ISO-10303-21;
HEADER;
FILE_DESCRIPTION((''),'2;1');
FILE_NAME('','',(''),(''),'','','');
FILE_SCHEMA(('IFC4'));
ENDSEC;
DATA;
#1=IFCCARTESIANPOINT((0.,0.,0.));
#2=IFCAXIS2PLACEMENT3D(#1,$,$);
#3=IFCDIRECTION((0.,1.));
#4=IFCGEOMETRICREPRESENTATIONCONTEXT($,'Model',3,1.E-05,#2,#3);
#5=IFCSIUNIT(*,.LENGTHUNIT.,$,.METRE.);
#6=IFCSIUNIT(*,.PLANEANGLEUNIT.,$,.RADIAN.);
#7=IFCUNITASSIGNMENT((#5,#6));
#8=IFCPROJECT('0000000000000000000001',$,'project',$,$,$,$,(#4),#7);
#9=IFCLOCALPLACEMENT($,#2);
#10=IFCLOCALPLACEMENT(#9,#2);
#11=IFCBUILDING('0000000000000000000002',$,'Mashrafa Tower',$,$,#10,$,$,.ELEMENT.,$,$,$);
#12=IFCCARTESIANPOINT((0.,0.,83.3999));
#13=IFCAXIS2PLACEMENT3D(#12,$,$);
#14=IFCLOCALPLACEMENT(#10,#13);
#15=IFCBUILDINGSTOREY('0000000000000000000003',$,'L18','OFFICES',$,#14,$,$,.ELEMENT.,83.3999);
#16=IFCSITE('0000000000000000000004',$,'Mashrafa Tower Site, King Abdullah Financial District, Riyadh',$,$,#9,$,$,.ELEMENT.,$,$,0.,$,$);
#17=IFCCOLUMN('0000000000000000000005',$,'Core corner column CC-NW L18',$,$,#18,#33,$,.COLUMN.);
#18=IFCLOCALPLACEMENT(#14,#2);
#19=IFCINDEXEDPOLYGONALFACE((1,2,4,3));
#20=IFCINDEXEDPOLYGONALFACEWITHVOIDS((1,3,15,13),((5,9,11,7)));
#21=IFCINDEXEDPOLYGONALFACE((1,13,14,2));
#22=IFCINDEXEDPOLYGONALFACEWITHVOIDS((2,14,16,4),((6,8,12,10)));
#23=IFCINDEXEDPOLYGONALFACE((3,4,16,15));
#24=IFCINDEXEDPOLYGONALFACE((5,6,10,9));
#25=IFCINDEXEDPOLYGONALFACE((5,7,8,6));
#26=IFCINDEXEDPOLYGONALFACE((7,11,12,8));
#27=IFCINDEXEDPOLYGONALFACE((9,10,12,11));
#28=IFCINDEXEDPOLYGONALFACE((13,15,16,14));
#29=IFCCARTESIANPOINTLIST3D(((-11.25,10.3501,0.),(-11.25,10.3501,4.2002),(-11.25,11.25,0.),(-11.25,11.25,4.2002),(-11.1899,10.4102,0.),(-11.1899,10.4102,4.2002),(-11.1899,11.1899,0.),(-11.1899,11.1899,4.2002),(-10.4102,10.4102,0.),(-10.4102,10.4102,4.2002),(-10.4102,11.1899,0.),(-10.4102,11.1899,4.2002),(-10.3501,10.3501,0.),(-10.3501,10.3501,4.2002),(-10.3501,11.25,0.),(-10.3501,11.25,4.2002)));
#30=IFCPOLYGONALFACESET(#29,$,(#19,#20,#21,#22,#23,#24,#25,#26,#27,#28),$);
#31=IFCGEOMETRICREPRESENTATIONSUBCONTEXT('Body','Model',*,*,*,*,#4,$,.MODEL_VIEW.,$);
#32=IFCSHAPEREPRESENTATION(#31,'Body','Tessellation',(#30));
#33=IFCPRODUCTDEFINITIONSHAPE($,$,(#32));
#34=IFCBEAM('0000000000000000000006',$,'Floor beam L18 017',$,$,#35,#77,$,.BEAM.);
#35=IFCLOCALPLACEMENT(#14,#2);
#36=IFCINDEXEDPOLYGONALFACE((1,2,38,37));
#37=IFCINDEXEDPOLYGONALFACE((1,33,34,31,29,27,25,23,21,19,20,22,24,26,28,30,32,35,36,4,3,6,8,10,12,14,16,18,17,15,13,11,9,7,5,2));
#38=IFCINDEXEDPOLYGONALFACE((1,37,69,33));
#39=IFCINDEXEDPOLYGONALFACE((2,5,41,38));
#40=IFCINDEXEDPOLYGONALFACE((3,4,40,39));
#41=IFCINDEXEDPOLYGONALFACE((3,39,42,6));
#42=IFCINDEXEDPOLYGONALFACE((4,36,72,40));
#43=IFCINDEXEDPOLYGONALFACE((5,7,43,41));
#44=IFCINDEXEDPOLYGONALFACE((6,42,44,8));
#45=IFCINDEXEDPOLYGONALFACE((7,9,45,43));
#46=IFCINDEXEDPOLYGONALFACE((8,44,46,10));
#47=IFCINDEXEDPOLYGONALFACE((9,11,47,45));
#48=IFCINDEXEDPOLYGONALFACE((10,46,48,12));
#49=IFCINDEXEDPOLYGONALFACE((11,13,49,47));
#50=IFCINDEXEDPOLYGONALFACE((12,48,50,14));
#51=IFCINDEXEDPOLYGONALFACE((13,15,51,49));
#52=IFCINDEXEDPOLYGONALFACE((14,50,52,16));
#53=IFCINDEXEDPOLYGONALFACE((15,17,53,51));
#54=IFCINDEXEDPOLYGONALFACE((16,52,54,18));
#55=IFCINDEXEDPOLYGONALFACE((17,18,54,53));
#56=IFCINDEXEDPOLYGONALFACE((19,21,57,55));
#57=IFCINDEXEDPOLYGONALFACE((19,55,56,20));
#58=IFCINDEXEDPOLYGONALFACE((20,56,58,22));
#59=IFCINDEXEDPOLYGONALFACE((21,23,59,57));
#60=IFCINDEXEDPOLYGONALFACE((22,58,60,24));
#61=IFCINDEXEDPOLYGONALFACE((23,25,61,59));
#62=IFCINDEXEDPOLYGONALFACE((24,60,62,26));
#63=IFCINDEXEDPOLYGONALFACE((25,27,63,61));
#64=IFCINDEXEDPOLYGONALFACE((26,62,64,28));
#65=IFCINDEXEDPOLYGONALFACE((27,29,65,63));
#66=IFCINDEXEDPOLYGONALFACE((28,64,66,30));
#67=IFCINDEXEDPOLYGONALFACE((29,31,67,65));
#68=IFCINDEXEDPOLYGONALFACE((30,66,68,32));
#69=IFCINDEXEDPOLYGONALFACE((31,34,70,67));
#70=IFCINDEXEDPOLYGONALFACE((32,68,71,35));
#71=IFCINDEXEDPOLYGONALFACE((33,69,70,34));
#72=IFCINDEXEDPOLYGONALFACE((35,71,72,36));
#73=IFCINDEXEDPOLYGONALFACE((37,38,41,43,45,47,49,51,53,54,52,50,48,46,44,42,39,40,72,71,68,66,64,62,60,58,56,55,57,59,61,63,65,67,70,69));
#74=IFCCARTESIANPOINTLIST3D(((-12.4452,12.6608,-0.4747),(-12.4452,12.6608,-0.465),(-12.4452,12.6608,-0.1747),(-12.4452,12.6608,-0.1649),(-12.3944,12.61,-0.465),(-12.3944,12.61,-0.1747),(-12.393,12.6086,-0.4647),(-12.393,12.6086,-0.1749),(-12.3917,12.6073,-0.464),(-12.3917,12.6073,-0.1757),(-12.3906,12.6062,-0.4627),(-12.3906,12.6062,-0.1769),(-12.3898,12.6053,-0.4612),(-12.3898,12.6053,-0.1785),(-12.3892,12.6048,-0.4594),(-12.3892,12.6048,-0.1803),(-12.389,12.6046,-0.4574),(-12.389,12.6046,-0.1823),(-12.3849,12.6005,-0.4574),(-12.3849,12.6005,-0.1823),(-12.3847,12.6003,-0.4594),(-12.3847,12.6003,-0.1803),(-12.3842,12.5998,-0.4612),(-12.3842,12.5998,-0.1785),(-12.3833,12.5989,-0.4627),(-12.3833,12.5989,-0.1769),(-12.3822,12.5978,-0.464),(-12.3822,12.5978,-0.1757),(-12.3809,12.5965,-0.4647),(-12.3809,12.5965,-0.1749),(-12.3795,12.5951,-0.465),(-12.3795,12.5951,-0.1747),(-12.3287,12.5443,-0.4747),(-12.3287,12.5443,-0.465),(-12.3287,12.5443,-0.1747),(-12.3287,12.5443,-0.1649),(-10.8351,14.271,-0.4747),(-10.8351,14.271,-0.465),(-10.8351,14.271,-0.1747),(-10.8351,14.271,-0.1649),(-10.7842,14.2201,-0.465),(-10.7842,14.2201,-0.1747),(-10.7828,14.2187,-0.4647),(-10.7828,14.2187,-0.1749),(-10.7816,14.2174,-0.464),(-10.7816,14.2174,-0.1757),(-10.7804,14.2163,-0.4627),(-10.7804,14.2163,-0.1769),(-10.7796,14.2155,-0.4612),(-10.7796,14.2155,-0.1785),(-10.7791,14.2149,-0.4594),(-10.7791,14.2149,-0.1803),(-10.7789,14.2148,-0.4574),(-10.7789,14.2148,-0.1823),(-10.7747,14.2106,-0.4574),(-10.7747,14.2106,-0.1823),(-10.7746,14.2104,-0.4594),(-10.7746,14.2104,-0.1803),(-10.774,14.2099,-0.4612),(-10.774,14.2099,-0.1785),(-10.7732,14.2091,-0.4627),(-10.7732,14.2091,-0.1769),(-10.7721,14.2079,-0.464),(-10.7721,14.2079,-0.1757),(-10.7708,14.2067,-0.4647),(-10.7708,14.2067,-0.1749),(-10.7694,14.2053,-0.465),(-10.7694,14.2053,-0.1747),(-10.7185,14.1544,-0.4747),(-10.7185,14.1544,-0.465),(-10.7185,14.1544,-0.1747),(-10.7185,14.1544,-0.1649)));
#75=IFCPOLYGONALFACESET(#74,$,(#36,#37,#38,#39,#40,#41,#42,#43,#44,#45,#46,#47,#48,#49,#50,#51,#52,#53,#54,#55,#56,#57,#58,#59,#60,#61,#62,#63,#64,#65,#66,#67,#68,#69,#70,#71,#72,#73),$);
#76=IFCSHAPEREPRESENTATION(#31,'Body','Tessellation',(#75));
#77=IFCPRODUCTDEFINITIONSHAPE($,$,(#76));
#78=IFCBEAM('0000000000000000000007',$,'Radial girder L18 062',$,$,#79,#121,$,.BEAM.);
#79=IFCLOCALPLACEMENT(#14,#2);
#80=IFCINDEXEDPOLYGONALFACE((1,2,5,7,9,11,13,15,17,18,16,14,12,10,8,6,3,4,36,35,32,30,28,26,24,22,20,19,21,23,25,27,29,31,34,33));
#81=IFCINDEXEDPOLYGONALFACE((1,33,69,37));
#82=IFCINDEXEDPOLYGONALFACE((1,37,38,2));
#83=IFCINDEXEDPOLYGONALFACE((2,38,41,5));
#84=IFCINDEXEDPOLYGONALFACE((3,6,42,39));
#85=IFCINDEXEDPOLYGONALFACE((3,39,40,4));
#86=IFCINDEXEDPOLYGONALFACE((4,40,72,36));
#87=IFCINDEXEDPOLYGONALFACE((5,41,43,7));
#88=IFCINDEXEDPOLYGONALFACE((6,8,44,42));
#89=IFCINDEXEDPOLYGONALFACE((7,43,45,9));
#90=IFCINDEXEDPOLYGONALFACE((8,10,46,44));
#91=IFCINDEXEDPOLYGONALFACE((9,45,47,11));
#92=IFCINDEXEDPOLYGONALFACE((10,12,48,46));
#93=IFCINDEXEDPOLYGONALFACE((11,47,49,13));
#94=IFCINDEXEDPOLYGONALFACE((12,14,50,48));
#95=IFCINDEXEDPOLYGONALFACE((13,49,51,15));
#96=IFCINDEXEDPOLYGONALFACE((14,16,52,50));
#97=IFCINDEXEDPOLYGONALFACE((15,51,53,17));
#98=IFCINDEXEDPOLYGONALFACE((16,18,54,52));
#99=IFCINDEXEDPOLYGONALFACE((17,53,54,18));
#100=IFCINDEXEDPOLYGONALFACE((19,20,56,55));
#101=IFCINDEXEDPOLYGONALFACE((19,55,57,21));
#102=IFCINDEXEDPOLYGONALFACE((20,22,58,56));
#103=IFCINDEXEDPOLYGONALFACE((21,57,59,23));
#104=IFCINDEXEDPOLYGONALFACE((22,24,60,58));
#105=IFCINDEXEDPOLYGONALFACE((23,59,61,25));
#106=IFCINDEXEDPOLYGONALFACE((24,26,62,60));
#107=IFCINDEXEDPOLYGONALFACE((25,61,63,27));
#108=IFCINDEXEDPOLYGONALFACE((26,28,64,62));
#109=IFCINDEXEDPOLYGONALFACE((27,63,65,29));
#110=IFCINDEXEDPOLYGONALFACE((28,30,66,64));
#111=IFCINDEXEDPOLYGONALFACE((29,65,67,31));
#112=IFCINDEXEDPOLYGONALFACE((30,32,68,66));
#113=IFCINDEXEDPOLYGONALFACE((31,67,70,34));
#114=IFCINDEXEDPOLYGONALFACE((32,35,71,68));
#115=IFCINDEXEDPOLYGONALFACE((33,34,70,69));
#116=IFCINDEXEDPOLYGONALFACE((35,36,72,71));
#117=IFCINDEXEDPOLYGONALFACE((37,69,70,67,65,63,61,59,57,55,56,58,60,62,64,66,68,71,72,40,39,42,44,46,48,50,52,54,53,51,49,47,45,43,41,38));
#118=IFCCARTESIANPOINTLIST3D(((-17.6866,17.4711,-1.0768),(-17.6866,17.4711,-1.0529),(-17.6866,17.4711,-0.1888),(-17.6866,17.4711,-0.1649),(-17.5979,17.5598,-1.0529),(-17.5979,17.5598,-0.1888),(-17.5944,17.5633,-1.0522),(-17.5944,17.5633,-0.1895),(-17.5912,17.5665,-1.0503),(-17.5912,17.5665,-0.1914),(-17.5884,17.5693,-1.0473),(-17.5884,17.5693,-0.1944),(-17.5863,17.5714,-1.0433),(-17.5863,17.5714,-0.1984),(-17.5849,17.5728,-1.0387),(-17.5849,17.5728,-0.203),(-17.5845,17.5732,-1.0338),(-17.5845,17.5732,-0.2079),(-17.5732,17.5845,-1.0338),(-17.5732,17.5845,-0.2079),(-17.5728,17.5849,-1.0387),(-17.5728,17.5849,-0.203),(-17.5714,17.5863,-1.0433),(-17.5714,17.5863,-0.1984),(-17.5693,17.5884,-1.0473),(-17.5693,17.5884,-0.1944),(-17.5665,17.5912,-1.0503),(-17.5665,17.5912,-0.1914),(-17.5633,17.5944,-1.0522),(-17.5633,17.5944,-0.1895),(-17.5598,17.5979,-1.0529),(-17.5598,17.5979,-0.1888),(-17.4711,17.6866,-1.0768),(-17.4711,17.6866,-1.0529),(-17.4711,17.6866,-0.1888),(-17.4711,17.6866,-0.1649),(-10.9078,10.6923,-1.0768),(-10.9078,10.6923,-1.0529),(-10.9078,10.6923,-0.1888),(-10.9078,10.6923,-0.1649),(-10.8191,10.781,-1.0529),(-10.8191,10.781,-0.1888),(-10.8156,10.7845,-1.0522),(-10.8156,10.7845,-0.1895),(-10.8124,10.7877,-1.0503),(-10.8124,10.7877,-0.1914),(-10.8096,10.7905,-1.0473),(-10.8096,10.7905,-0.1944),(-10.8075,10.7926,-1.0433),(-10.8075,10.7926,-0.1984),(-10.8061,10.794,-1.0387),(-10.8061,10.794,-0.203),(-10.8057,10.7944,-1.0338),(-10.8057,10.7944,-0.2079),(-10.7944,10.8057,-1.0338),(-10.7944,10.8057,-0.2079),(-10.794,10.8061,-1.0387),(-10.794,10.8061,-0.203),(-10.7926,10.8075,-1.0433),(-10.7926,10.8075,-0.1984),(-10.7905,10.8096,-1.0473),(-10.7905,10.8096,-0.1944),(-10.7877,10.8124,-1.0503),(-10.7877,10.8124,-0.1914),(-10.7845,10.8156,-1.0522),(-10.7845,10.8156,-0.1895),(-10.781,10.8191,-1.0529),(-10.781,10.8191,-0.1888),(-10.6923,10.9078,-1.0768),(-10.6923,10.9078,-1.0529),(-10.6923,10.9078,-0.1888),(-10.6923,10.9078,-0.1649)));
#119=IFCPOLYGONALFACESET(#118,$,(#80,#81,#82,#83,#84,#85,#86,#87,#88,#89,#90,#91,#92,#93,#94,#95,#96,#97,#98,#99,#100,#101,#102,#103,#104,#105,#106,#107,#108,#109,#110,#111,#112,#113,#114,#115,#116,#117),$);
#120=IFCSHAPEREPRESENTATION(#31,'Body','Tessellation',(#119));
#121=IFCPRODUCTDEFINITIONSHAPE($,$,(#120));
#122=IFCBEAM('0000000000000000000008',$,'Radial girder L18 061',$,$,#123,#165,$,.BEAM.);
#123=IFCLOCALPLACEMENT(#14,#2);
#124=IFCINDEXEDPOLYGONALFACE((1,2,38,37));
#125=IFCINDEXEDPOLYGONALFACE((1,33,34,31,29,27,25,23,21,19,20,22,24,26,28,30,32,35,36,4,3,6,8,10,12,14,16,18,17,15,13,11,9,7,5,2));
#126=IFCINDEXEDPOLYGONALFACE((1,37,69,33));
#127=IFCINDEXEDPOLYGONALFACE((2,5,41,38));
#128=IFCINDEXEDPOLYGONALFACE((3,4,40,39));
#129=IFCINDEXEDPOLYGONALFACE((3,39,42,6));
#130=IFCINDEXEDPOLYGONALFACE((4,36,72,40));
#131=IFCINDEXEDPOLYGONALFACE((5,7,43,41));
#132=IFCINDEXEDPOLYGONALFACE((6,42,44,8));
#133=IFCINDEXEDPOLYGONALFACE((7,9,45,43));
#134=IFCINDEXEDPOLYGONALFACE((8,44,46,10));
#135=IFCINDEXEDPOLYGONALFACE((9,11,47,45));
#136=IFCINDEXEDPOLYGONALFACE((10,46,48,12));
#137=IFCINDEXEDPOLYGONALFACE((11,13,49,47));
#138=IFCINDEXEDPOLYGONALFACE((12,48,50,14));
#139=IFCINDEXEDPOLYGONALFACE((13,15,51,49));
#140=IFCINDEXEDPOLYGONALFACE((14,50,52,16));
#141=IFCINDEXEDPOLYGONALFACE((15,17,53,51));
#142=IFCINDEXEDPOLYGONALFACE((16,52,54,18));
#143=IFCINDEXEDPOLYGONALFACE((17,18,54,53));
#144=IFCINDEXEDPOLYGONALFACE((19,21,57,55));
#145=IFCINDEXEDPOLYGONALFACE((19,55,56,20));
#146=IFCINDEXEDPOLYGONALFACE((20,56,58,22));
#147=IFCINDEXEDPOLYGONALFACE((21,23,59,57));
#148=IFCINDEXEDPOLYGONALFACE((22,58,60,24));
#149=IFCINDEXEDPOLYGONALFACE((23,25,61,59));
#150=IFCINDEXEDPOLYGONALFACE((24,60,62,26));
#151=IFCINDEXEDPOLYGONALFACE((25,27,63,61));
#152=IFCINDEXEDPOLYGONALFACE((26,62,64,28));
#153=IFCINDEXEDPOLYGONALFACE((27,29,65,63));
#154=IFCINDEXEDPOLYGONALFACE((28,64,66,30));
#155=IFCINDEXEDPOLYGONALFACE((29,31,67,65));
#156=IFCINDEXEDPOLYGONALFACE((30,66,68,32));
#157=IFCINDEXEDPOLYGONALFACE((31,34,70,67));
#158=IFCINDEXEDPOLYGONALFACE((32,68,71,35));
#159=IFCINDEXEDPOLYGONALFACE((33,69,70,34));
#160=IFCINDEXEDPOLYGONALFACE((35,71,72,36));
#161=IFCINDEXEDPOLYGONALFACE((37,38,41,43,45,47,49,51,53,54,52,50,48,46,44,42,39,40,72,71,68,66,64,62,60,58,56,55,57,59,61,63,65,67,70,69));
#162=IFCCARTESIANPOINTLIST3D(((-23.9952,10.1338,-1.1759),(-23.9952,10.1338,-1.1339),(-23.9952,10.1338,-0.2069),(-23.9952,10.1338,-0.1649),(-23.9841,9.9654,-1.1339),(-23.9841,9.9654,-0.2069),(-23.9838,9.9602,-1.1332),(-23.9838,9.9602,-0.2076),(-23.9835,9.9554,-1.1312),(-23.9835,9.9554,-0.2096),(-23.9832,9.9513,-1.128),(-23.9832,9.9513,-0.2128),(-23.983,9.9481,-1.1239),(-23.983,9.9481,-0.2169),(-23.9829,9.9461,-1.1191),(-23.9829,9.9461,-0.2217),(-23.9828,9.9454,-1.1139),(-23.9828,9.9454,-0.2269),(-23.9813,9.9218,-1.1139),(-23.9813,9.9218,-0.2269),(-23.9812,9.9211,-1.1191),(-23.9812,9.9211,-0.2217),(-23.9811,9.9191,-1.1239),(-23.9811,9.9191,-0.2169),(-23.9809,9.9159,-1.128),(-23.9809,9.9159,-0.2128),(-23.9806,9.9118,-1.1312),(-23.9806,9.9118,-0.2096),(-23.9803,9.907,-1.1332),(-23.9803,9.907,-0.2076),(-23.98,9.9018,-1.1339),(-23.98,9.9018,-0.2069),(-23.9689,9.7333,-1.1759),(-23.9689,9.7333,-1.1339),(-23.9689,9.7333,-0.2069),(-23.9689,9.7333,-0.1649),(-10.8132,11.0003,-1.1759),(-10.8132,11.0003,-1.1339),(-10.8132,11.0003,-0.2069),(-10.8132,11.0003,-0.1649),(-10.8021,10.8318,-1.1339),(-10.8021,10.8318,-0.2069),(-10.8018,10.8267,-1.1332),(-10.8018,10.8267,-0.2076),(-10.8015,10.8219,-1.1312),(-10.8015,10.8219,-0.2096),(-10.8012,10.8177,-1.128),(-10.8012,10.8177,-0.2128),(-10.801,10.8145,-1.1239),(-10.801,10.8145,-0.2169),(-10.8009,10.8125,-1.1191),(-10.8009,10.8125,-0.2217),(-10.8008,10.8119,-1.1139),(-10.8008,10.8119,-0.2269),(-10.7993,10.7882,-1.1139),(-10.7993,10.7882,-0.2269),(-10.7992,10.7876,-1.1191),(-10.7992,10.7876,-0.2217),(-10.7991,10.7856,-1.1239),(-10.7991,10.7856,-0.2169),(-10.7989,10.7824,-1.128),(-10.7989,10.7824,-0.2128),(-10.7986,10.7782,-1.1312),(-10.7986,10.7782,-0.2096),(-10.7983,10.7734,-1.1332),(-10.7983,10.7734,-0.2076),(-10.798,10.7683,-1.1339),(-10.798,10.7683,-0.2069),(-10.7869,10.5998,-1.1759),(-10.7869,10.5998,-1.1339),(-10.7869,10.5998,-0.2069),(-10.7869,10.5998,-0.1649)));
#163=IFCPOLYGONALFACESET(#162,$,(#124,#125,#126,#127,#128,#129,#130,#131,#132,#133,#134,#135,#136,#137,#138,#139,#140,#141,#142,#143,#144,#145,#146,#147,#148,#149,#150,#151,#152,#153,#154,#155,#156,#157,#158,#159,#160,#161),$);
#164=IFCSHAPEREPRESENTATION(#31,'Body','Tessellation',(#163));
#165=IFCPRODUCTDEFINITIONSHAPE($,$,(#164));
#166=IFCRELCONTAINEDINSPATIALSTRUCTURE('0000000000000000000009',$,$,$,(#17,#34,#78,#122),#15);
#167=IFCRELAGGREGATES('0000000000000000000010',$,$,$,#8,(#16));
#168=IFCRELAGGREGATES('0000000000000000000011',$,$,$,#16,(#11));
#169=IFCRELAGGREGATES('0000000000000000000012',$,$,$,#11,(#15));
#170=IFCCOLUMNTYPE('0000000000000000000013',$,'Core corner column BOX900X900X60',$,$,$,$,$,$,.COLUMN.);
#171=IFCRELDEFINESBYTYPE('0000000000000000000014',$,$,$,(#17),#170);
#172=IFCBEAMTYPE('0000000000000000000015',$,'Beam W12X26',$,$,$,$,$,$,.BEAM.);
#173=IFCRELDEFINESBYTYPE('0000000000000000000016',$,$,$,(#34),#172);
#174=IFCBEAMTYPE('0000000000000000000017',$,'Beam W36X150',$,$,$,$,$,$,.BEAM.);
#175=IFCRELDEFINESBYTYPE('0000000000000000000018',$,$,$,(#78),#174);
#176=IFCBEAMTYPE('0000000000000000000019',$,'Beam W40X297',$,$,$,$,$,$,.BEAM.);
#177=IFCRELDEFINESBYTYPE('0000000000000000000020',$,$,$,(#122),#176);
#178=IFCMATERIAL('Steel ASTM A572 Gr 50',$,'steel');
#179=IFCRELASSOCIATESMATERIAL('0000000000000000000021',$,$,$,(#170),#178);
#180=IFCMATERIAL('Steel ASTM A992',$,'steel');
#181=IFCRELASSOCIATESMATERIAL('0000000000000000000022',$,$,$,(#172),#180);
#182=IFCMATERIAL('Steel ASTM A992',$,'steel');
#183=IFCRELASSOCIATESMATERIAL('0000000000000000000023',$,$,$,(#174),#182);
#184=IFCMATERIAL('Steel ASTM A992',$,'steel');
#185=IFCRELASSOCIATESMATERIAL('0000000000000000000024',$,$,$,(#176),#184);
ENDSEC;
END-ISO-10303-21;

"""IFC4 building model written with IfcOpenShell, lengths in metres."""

from ifc_helpers import new_model, si_unit, direction, frame, origin, origin_2d, place, context, subcontext, project, spatial, hollow_rectangle, i_section, extrude, material, material_profile, profile_set, type_object, element, save


model = new_model("IFC4")

# Units and contexts
model_context = context("Model", 3, precision=1e-05, world=origin(), true_north=direction((0.0, 1.0)))
body_context = subcontext(model_context, "Body", "Model", "MODEL_VIEW")
ifc_project = project(units=[si_unit("LENGTHUNIT", "METRE"), si_unit("PLANEANGLEUNIT", "RADIAN")], contexts=[model_context])

# Site, building, storey
site_placement = place(None, origin())
site = spatial("IfcSite", under=ifc_project, at=site_placement, Name="Mashrafa Tower Site, King Abdullah Financial District, Riyadh", CompositionType="ELEMENT", RefElevation=0.0)
building_placement = place(site_placement, origin())
building = spatial("IfcBuilding", under=site, at=building_placement, Name="Mashrafa Tower", CompositionType="ELEMENT")
storey_placement = place(building_placement, frame((0.0, 0.0, 83.3999)))
storey = spatial("IfcBuildingStorey", under=building, at=storey_placement, Name="L18", Description="OFFICES", CompositionType="ELEMENT", Elevation=83.3999)

# Column
ifc_material_1 = material(Name="Steel ASTM A572 Gr 50", Category="steel")
ifc_material_profile_1 = material_profile(ifc_material_1, hollow_rectangle(XDim=0.8999, YDim=0.8999, WallThickness=0.0601, at=origin_2d()), Name="BOX900X900X60")
ifc_profile_set_1 = profile_set([ifc_material_profile_1], Name="Steel ASTM A572 Gr 50")
column_type = type_object("IfcColumnType", Name="Core corner column BOX900X900X60", PredefinedType="COLUMN", material=ifc_profile_set_1)
column_placement = place(storey_placement, frame((-10.8, 10.8, 0.0), z_axis=(0.0, 0.0, 1.0), x_axis=(1.0, 0.0, 0.0)))
element("IfcColumn", 1, at=column_placement, inside=storey, type_object=column_type, Name="Core corner column CC-NW L18", PredefinedType="COLUMN", context=body_context, shape_type="SweptSolid", body=[
    extrude(hollow_rectangle(XDim=0.8999, YDim=0.8999, WallThickness=0.0601, at=origin_2d()), origin(), (0.0, 0.0, 1.0), 4.2002),
])

# Beams
ifc_material_2 = material(Name="Steel ASTM A992", Category="steel")
ifc_material_profile_2 = material_profile(ifc_material_2, i_section(OverallWidth=0.1648, OverallDepth=0.3098, WebThickness=0.0059, FlangeThickness=0.0098, FilletRadius=0.0076, at=origin_2d()), Name="W12X26")
ifc_profile_set_2 = profile_set([ifc_material_profile_2], Name="Steel ASTM A992")
beam_type_1 = type_object("IfcBeamType", Name="Beam W12X26", PredefinedType="BEAM", material=ifc_profile_set_2)
beam_1_placement = place(storey_placement, frame((-12.387, 12.6025, -0.3198), z_axis=(0.707107, 0.707107, 0.0), x_axis=(-0.707107, 0.707107, 0.0)))
element("IfcBeam", 2, at=beam_1_placement, inside=storey, type_object=beam_type_1, Name="Floor beam L18 017", PredefinedType="BEAM", context=body_context, shape_type="SweptSolid", body=[
    extrude(i_section(OverallWidth=0.1648, OverallDepth=0.3098, WebThickness=0.0059, FlangeThickness=0.0098, FilletRadius=0.0076, at=origin_2d()), origin(), (0.0, 0.0, 1.0), 2.2771),
])
ifc_material_3 = material(Name="Steel ASTM A992", Category="steel")
ifc_material_profile_3 = material_profile(ifc_material_3, i_section(OverallWidth=0.3047, OverallDepth=0.9119, WebThickness=0.0159, FlangeThickness=0.0239, FilletRadius=0.019, at=origin_2d()), Name="W36X150")
ifc_profile_set_3 = profile_set([ifc_material_profile_3], Name="Steel ASTM A992")
beam_type_2 = type_object("IfcBeamType", Name="Beam W36X150", PredefinedType="BEAM", material=ifc_profile_set_3)
beam_2_placement = place(storey_placement, frame((-10.8, 10.8, -0.6208), z_axis=(-0.707107, 0.707107, 0.0), x_axis=(-0.707107, -0.707107, 0.0)))
element("IfcBeam", 3, at=beam_2_placement, inside=storey, type_object=beam_type_2, Name="Radial girder L18 062", PredefinedType="BEAM", context=body_context, shape_type="SweptSolid", body=[
    extrude(i_section(OverallWidth=0.3047, OverallDepth=0.9119, WebThickness=0.0159, FlangeThickness=0.0239, FilletRadius=0.019, at=origin_2d()), origin(), (0.0, 0.0, 1.0), 9.5867),
])
ifc_material_4 = material(Name="Steel ASTM A992", Category="steel")
ifc_material_profile_4 = material_profile(ifc_material_4, i_section(OverallWidth=0.4014, OverallDepth=1.011, WebThickness=0.0237, FlangeThickness=0.042, FilletRadius=0.02, at=origin_2d()), Name="W40X297")
ifc_profile_set_4 = profile_set([ifc_material_profile_4], Name="Steel ASTM A992")
beam_type_3 = type_object("IfcBeamType", Name="Beam W40X297", PredefinedType="BEAM", material=ifc_profile_set_4)
for number, where, z_axis, x_axis, name in (
    (4, (-10.8, 10.8, -0.6704), (-0.997847, -0.065589, 0.0), (0.065589, -0.997847, 0.0), "Radial girder L18 061"),
):
    element("IfcBeam", number, at=place(storey_placement, frame(where, z_axis=z_axis, x_axis=x_axis)), inside=storey, type_object=beam_type_3, Name=name, PredefinedType="BEAM", context=body_context, shape_type="SweptSolid", body=[
        extrude(i_section(OverallWidth=0.4014, OverallDepth=1.011, WebThickness=0.0237, FlangeThickness=0.042, FilletRadius=0.02, at=origin_2d()), origin(), (0.0, 0.0, 1.0), 13.2104),
    ])

save(model, "model.ifc")
